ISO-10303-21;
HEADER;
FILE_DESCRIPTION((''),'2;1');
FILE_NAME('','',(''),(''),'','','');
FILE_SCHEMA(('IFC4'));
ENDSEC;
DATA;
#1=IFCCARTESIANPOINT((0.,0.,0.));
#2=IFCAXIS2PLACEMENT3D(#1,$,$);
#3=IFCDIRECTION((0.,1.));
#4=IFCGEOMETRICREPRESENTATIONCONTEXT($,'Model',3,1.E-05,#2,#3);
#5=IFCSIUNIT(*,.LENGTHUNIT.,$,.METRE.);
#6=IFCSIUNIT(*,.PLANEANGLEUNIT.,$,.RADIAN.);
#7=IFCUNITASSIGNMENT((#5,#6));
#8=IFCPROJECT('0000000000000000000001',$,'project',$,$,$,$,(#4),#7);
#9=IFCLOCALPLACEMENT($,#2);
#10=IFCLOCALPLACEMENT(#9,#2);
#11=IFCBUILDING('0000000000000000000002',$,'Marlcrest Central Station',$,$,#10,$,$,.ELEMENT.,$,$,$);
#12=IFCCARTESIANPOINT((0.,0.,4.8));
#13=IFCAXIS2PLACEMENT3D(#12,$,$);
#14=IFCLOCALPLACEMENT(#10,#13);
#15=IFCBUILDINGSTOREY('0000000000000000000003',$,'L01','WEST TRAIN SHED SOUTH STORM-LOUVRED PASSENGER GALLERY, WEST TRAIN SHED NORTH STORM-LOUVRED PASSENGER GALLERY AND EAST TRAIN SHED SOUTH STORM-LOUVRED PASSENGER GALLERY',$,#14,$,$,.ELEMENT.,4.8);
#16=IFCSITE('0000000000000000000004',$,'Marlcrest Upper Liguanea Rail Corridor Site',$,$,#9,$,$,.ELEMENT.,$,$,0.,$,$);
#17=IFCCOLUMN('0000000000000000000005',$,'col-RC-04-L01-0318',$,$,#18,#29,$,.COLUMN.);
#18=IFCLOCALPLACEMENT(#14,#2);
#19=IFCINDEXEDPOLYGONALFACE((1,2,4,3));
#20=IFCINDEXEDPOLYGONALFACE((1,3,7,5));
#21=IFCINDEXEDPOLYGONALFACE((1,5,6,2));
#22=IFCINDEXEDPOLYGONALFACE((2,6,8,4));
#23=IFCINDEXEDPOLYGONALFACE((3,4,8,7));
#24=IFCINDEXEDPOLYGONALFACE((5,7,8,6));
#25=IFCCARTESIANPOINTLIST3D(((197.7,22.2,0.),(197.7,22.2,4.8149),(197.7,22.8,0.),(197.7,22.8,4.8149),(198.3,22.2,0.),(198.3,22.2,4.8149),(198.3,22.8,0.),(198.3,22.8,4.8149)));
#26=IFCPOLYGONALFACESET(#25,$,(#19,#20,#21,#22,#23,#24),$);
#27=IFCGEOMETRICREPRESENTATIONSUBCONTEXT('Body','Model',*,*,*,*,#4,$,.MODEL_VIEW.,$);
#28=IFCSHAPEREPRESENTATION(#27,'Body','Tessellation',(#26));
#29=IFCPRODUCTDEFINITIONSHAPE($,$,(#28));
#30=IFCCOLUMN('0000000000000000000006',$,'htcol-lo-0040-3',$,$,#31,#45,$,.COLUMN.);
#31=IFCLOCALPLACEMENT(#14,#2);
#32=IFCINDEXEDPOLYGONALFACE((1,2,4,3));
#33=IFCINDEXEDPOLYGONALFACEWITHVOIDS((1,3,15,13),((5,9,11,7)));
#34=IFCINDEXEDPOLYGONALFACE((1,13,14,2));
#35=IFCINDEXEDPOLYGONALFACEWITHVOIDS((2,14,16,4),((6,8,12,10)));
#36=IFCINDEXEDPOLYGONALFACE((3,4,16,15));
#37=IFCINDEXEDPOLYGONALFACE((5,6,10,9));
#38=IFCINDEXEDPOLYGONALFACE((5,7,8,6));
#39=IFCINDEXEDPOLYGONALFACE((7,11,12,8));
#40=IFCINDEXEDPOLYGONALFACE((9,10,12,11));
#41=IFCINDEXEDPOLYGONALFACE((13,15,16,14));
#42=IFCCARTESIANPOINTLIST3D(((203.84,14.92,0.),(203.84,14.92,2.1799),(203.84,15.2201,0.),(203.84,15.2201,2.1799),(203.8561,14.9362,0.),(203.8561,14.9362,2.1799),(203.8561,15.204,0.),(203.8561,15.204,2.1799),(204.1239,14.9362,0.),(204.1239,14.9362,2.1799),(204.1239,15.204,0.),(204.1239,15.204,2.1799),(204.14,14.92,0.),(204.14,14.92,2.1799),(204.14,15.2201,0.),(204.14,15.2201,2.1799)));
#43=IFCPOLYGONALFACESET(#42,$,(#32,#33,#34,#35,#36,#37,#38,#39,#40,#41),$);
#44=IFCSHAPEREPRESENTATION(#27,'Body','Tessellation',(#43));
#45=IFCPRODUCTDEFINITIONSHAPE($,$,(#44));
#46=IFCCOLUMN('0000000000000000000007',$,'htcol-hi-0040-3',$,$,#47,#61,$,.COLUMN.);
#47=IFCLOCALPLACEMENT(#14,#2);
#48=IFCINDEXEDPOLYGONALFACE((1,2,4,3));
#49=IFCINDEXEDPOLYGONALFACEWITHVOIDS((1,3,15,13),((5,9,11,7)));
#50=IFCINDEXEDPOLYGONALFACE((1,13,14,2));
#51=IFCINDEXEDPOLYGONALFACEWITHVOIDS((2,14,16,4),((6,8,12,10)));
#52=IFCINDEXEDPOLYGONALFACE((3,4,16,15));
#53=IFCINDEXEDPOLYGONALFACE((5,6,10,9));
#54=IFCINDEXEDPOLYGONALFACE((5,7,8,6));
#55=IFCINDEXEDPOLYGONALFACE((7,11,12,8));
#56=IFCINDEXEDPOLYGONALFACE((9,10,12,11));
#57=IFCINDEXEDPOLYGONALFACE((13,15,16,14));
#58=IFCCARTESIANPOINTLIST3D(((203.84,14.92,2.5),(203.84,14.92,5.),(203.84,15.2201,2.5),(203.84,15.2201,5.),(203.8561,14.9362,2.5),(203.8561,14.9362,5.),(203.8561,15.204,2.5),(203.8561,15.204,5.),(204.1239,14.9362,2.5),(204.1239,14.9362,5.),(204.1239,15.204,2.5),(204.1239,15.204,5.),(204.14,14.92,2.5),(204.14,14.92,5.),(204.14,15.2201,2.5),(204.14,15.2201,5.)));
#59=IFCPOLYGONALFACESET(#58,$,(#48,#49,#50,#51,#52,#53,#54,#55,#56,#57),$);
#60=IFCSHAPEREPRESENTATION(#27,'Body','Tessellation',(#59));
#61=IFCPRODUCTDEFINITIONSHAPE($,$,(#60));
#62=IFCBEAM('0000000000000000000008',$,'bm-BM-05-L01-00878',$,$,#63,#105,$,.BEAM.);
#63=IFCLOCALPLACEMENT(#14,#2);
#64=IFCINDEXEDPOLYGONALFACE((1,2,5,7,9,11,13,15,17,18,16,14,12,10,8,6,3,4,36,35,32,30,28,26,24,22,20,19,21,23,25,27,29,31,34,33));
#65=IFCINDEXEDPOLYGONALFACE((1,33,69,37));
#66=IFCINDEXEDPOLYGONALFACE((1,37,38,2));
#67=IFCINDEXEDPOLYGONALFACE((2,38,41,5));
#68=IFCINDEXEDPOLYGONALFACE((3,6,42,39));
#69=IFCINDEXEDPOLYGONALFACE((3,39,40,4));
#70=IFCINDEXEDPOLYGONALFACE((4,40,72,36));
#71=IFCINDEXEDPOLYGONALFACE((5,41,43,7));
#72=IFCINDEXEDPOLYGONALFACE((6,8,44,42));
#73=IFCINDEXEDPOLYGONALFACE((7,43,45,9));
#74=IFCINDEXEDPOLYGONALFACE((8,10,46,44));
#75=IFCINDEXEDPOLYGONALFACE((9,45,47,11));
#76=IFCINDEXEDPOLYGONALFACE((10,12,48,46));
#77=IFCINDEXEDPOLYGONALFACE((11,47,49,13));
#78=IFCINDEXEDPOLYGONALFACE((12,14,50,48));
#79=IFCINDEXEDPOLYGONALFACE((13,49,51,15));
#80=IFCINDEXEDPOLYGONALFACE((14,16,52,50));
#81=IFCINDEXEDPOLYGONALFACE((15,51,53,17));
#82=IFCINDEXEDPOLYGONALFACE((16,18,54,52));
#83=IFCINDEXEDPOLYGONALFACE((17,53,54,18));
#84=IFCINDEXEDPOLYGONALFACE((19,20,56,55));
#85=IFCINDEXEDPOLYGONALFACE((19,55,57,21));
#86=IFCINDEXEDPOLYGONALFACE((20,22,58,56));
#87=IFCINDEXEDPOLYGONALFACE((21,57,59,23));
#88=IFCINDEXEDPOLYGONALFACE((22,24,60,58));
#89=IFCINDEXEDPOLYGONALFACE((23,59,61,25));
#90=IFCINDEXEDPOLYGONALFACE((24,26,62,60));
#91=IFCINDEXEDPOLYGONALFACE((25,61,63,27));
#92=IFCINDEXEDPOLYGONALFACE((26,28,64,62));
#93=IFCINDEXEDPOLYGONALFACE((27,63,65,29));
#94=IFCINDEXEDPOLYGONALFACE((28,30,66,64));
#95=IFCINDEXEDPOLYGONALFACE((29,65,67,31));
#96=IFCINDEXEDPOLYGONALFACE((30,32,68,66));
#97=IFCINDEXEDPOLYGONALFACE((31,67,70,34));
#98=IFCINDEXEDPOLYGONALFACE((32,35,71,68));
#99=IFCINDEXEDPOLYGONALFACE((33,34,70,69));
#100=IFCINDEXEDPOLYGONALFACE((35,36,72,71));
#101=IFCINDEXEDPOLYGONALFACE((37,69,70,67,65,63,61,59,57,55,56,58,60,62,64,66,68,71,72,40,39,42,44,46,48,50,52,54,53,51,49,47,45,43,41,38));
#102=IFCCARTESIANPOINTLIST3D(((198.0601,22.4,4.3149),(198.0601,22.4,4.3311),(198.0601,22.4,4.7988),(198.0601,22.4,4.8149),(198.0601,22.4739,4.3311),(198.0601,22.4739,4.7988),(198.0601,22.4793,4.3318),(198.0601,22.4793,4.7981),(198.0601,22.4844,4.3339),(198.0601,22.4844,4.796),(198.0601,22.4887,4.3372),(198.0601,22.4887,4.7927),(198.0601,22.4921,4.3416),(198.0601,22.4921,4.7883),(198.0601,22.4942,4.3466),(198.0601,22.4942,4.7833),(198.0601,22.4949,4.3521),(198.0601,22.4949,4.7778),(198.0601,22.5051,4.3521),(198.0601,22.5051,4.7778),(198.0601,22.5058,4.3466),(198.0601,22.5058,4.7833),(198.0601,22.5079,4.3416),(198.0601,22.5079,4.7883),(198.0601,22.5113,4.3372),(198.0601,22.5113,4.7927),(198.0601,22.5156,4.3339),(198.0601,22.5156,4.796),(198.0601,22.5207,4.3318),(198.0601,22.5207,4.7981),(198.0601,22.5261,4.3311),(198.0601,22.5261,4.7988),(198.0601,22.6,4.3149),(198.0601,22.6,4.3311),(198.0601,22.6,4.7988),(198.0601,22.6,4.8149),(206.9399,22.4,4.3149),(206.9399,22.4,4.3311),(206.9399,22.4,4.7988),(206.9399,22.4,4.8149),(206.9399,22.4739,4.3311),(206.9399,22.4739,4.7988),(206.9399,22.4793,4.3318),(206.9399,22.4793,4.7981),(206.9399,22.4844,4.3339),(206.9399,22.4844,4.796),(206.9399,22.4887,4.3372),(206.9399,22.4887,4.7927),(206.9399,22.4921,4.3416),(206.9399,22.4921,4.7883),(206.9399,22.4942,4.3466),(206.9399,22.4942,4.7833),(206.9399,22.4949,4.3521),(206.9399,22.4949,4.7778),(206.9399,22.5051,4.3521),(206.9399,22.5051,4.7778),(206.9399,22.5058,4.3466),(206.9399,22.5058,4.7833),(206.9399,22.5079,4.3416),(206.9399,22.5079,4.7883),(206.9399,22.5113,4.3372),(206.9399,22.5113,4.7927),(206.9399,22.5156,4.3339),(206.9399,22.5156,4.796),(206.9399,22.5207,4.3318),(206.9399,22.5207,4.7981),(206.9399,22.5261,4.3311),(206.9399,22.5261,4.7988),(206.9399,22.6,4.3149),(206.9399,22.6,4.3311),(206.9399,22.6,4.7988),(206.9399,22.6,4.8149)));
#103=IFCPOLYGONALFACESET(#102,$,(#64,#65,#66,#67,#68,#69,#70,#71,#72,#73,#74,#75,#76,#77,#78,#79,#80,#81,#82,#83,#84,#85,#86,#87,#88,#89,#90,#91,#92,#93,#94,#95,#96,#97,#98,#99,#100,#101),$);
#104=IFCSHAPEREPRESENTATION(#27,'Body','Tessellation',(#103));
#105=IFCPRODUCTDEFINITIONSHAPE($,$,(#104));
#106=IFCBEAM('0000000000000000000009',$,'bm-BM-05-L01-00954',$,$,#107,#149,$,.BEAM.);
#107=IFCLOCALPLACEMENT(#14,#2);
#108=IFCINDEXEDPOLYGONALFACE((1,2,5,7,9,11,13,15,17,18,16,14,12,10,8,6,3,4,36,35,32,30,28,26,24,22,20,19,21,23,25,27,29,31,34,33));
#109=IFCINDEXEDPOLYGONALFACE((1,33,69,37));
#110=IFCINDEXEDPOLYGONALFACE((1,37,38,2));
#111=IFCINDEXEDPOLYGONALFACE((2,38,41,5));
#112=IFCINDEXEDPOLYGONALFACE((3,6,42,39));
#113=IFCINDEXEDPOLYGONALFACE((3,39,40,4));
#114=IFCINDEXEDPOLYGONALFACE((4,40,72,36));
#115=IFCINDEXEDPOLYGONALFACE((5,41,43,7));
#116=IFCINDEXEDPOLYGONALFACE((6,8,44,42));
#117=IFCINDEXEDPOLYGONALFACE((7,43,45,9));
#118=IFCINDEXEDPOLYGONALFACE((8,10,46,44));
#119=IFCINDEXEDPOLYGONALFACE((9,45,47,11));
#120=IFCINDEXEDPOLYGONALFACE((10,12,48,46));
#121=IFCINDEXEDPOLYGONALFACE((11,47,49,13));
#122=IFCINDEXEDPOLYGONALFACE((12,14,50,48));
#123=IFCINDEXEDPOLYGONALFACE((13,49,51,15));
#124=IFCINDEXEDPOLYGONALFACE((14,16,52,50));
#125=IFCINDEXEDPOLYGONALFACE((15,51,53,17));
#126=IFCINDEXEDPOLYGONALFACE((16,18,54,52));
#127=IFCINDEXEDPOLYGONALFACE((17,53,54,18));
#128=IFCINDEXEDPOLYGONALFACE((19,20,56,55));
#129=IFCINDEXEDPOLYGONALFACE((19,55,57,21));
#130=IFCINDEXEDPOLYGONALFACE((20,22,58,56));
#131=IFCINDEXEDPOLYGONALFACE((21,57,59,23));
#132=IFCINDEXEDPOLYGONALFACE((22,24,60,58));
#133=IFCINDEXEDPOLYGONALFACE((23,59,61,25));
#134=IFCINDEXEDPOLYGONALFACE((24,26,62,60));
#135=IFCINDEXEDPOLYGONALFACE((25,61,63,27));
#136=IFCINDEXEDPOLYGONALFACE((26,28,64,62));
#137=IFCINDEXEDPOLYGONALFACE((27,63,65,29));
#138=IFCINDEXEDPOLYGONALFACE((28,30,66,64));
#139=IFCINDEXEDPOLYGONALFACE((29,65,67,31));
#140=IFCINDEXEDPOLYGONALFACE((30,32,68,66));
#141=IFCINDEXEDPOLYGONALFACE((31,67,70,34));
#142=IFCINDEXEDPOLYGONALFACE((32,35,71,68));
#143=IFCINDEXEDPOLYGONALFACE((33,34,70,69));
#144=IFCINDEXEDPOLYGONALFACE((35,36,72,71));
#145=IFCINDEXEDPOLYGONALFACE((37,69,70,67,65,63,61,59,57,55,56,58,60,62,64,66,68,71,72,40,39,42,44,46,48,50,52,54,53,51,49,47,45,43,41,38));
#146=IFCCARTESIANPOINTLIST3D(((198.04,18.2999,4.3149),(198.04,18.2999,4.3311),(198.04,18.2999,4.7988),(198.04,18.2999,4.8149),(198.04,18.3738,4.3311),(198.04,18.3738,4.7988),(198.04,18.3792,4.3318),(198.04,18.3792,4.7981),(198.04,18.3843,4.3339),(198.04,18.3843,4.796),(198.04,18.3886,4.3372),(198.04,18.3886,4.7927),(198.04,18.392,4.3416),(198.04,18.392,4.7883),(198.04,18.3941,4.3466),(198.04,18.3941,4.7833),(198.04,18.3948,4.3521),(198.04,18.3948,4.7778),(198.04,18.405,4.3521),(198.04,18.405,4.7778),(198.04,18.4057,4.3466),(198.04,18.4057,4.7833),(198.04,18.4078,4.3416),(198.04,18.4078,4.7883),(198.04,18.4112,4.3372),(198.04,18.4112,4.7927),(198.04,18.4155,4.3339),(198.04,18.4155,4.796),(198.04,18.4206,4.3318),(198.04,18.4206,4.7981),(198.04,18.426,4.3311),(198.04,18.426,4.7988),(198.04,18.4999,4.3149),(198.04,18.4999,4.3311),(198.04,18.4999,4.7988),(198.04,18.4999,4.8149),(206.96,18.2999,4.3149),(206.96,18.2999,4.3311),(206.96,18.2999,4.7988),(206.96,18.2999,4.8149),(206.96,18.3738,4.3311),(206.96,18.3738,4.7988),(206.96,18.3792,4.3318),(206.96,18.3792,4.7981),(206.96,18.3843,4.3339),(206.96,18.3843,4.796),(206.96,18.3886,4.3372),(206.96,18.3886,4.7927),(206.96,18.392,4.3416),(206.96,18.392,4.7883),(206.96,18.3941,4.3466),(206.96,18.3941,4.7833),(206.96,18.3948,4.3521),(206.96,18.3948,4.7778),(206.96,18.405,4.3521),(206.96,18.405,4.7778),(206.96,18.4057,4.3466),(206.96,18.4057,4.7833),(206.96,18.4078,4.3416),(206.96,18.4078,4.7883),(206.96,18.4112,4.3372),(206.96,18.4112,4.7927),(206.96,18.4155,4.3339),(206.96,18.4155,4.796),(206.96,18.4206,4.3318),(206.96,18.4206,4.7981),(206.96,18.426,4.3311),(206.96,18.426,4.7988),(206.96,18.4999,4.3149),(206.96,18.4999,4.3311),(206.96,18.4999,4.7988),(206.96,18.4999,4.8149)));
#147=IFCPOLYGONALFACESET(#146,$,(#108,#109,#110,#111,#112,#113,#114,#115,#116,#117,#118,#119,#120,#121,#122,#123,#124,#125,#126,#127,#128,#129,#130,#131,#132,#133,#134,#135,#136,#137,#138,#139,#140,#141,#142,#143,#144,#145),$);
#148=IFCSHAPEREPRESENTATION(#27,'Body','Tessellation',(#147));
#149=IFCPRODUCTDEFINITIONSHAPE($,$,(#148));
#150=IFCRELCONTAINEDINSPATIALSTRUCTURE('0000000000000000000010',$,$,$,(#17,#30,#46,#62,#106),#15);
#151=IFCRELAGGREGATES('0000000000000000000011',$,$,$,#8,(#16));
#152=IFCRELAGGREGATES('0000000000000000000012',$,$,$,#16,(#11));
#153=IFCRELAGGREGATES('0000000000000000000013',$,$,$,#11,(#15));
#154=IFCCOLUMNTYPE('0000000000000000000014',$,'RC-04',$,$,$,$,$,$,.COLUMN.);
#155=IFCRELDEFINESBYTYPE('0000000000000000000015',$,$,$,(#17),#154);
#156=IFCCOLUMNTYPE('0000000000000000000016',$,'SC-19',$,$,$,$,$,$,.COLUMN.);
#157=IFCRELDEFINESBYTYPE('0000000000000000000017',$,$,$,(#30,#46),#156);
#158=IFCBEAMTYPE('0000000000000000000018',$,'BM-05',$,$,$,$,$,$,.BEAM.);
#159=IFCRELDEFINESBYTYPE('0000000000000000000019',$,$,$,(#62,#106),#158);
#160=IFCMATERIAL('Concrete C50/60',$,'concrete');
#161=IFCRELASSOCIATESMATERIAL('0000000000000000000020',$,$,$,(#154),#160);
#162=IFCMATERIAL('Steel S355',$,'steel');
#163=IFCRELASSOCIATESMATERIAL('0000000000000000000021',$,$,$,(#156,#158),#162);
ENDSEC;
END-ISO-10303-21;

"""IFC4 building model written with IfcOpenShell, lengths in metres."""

from ifc_helpers import new_model, si_unit, direction, frame, origin, origin_2d, place, context, subcontext, project, spatial, rectangle, hollow_rectangle, i_section, extrude, material, material_profile, profile_set, type_object, element, save


model = new_model("IFC4")

# Units and contexts
model_context = context("Model", 3, precision=1e-05, world=origin(), true_north=direction((0.0, 1.0)))
body_context = subcontext(model_context, "Body", "Model", "MODEL_VIEW")
ifc_project = project(units=[si_unit("LENGTHUNIT", "METRE"), si_unit("PLANEANGLEUNIT", "RADIAN")], contexts=[model_context])

# Site, building, storey
site_placement = place(None, origin())
site = spatial("IfcSite", under=ifc_project, at=site_placement, Name="Marlcrest Upper Liguanea Rail Corridor Site", CompositionType="ELEMENT", RefElevation=0.0)
building_placement = place(site_placement, origin())
building = spatial("IfcBuilding", under=site, at=building_placement, Name="Marlcrest Central Station", CompositionType="ELEMENT")
storey_placement = place(building_placement, frame((0.0, 0.0, 4.8)))
storey = spatial("IfcBuildingStorey", under=building, at=storey_placement, Name="L01", Description="WEST TRAIN SHED SOUTH STORM-LOUVRED PASSENGER GALLERY, WEST TRAIN SHED NORTH STORM-LOUVRED PASSENGER GALLERY AND EAST TRAIN SHED SOUTH STORM-LOUVRED PASSENGER GALLERY", CompositionType="ELEMENT", Elevation=4.8)

# Columns
ifc_material_1 = material(Name="Concrete C50/60", Category="concrete")
ifc_material_profile_1 = material_profile(ifc_material_1, rectangle(XDim=0.6001, YDim=0.6001, at=origin_2d()), Name="RC 600x600")
ifc_profile_set_1 = profile_set([ifc_material_profile_1], Name="Concrete C50/60")
column_type_1 = type_object("IfcColumnType", Name="RC-04", PredefinedType="COLUMN", material=ifc_profile_set_1)
column_1_placement = place(storey_placement, frame((198.0, 22.5, 0.0), z_axis=(0.0, 0.0, 1.0), x_axis=(1.0, 0.0, 0.0)))
element("IfcColumn", 1, at=column_1_placement, inside=storey, type_object=column_type_1, Name="col-RC-04-L01-0318", PredefinedType="COLUMN", context=body_context, shape_type="SweptSolid", body=[
    extrude(rectangle(XDim=0.6001, YDim=0.6001, at=origin_2d()), origin(), (0.0, 0.0, 1.0), 4.8149),
])
ifc_material_2 = material(Name="Steel S355", Category="steel")
ifc_material_profile_2 = material_profile(ifc_material_2, hollow_rectangle(XDim=0.3, YDim=0.3, WallThickness=0.0161, at=origin_2d()), Name="SHS 300x300x16")
ifc_profile_set_2 = profile_set([ifc_material_profile_2], Name="Steel S355")
column_type_2 = type_object("IfcColumnType", Name="SC-19", PredefinedType="COLUMN", material=ifc_profile_set_2)
column_2_placement = place(storey_placement, frame((203.99, 15.0701, 0.0), z_axis=(0.0, 0.0, 1.0), x_axis=(1.0, 0.0, 0.0)))
element("IfcColumn", 2, at=column_2_placement, inside=storey, type_object=column_type_2, Name="htcol-lo-0040-3", PredefinedType="COLUMN", context=body_context, shape_type="SweptSolid", body=[
    extrude(hollow_rectangle(XDim=0.3, YDim=0.3, WallThickness=0.0161, at=origin_2d()), origin(), (0.0, 0.0, 1.0), 2.1799),
])
column_3_placement = place(storey_placement, frame((203.99, 15.0701, 2.5), z_axis=(0.0, 0.0, 1.0), x_axis=(1.0, 0.0, 0.0)))
element("IfcColumn", 3, at=column_3_placement, inside=storey, type_object=column_type_2, Name="htcol-hi-0040-3", PredefinedType="COLUMN", context=body_context, shape_type="SweptSolid", body=[
    extrude(hollow_rectangle(XDim=0.3, YDim=0.3, WallThickness=0.0161, at=origin_2d()), origin(), (0.0, 0.0, 1.0), 2.5),
])

# Beams
ifc_material_profile_3 = material_profile(ifc_material_2, i_section(OverallWidth=0.2, OverallDepth=0.5, WebThickness=0.0103, FlangeThickness=0.0161, FilletRadius=0.021, at=origin_2d()), Name="IPE 500")
ifc_profile_set_3 = profile_set([ifc_material_profile_3], Name="Steel S355")
beam_type_1 = type_object("IfcBeamType", Name="BM-05", PredefinedType="BEAM", material=ifc_profile_set_3)
beam_1_placement = place(storey_placement, frame((198.0601, 22.5, 4.5649), z_axis=(1.0, 0.0, 0.0), x_axis=(0.0, 1.0, 0.0)))
element("IfcBeam", 4, at=beam_1_placement, inside=storey, type_object=beam_type_1, Name="bm-BM-05-L01-00878", PredefinedType="BEAM", context=body_context, shape_type="SweptSolid", body=[
    extrude(i_section(OverallWidth=0.2, OverallDepth=0.5, WebThickness=0.0103, FlangeThickness=0.0161, FilletRadius=0.021, at=origin_2d()), origin(), (0.0, 0.0, 1.0), 8.8799),
])
beam_2_placement = place(storey_placement, frame((198.04, 18.3999, 4.5649), z_axis=(1.0, 0.0, 0.0), x_axis=(0.0, 1.0, 0.0)))
element("IfcBeam", 5, at=beam_2_placement, inside=storey, type_object=beam_type_1, Name="bm-BM-05-L01-00954", PredefinedType="BEAM", context=body_context, shape_type="SweptSolid", body=[
    extrude(i_section(OverallWidth=0.2, OverallDepth=0.5, WebThickness=0.0103, FlangeThickness=0.0161, FilletRadius=0.021, at=origin_2d()), origin(), (0.0, 0.0, 1.0), 8.9199),
])

save(model, "model.ifc")
